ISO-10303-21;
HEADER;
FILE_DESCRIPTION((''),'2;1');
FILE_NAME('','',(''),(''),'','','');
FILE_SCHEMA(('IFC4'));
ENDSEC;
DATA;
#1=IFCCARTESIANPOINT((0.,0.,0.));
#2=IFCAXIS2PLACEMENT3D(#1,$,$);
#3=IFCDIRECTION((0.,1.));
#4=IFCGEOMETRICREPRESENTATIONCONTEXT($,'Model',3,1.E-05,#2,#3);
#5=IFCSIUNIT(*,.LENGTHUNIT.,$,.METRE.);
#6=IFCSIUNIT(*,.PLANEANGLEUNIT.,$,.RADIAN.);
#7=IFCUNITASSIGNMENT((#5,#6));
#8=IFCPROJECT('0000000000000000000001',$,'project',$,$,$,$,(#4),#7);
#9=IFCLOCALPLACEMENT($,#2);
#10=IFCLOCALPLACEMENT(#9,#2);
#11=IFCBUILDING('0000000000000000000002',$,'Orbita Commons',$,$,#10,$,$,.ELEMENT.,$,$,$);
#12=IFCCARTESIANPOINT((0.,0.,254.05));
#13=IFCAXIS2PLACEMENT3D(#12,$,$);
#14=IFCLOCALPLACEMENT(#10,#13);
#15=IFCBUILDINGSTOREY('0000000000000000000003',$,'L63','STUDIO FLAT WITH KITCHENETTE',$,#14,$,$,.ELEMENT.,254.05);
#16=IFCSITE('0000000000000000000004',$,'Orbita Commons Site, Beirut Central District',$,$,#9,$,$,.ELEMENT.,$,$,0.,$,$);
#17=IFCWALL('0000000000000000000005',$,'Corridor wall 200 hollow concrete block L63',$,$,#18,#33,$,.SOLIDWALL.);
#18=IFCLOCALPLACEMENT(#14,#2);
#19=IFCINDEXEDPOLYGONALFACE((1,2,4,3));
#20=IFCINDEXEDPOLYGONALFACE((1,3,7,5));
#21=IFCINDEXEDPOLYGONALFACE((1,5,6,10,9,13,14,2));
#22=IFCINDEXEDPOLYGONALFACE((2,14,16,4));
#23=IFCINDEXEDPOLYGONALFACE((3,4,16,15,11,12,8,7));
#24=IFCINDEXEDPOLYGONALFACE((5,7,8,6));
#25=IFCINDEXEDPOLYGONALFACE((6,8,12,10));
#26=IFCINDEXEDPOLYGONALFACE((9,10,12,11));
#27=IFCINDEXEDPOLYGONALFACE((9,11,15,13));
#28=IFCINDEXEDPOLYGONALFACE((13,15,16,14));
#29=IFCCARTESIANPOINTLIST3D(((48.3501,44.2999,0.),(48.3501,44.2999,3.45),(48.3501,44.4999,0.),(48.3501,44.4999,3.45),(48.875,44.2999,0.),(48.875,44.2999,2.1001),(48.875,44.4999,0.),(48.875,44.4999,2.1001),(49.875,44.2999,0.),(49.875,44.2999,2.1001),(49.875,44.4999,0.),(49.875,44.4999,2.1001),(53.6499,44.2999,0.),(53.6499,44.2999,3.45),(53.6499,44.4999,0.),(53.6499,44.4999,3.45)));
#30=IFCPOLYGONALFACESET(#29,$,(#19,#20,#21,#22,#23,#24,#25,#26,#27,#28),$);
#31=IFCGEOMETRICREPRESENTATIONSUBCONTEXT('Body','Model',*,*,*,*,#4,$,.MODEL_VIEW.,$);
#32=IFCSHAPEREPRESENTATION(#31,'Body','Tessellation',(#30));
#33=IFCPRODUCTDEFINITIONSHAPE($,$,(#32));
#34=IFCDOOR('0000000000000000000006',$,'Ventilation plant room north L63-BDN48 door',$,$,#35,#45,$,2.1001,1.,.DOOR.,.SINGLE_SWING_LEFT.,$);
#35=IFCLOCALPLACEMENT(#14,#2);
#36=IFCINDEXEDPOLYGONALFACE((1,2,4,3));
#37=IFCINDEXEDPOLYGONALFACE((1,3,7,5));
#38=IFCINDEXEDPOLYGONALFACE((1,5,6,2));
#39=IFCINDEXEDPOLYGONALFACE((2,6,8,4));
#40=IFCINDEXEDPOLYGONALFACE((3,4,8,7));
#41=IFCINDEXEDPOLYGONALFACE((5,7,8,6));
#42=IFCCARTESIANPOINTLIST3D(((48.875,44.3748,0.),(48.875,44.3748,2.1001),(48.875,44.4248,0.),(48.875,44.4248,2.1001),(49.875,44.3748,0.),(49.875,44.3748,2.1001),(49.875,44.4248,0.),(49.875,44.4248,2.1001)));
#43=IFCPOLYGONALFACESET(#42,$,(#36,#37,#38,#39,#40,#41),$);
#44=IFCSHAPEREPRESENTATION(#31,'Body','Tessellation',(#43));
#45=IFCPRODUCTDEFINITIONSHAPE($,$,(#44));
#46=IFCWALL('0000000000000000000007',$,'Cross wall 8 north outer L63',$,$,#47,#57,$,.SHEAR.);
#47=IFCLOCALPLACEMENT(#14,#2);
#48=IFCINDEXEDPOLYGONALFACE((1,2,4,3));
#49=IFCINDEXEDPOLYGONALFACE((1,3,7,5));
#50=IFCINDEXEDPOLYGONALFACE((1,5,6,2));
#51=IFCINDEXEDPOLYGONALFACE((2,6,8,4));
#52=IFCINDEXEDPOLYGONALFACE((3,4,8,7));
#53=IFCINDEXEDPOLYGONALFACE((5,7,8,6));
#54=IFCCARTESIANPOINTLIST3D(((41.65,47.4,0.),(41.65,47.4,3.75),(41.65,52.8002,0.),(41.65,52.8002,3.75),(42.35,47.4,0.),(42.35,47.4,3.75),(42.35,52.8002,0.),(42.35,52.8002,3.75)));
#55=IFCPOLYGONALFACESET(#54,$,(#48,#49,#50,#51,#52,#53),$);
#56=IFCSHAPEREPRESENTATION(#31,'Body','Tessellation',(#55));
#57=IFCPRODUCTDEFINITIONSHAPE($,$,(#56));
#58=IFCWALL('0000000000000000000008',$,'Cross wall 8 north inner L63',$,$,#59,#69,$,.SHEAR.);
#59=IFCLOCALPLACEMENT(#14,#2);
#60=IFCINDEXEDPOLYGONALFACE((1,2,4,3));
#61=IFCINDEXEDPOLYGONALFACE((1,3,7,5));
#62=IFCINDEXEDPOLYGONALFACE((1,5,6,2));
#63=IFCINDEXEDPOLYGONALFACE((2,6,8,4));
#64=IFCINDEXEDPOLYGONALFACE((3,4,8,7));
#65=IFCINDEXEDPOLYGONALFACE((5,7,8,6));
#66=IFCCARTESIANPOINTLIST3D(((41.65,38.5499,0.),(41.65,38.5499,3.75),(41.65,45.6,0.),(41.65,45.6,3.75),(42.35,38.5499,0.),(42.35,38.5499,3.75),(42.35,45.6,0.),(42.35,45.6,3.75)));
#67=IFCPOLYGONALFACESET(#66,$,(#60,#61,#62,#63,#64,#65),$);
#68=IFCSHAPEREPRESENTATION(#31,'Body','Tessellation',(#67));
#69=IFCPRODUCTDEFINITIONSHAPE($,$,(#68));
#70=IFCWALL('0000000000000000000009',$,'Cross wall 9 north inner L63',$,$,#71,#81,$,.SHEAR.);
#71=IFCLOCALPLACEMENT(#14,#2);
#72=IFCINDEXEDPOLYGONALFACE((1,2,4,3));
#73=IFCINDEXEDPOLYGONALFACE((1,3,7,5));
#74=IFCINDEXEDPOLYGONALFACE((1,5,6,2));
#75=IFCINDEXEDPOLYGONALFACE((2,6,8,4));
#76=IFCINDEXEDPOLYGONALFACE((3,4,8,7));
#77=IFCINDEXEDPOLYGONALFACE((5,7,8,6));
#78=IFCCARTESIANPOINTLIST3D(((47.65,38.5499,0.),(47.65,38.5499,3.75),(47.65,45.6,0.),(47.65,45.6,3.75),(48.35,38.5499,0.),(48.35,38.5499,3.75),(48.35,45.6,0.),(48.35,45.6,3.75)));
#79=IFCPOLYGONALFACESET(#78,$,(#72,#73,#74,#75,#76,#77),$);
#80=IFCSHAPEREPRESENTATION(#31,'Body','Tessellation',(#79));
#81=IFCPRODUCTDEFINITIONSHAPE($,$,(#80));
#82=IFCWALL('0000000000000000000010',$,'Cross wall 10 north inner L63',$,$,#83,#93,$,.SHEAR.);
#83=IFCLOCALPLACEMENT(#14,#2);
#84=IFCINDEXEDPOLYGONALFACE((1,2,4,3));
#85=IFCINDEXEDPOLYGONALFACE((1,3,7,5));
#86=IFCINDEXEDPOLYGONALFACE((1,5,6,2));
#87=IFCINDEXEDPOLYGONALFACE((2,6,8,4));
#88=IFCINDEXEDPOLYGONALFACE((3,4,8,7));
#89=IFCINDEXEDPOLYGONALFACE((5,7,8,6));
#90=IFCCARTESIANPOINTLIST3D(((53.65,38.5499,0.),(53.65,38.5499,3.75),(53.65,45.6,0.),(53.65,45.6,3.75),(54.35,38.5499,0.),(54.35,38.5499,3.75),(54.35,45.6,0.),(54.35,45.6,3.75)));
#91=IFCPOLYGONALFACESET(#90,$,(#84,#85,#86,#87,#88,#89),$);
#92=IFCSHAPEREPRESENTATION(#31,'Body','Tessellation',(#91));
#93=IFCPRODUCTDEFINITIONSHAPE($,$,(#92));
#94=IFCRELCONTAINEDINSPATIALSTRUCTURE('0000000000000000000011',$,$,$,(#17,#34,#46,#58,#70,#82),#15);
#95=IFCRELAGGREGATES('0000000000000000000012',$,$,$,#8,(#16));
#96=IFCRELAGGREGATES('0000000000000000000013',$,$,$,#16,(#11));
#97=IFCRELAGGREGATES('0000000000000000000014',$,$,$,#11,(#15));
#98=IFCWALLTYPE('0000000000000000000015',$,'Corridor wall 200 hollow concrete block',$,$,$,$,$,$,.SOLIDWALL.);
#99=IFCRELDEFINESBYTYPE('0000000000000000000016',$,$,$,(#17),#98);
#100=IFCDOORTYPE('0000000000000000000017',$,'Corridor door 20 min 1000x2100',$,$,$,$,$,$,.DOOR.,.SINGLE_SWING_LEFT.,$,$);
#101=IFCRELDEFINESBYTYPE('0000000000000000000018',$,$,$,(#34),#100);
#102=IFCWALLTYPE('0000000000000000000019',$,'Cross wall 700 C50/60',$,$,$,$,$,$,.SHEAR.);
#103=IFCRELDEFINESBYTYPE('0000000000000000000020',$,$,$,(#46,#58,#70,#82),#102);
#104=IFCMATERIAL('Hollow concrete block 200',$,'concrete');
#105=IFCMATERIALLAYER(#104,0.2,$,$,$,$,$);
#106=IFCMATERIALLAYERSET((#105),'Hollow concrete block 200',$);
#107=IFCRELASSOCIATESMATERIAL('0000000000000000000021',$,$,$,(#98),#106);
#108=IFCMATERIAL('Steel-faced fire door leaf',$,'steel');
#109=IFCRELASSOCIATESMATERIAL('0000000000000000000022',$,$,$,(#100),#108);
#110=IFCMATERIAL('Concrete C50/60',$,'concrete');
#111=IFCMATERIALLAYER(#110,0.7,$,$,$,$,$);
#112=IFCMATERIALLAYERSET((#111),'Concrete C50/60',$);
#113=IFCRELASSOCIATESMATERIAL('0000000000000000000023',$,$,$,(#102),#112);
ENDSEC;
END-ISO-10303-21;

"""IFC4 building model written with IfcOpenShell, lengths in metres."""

from ifc_helpers import new_model, si_unit, direction, frame, frame_2d, origin, place, context, subcontext, project, spatial, rectangle, extrude, material, layer, layer_set, type_object, element, fill, save


model = new_model("IFC4")

# Units and contexts
model_context = context("Model", 3, precision=1e-05, world=origin(), true_north=direction((0.0, 1.0)))
body_context = subcontext(model_context, "Body", "Model", "MODEL_VIEW")
ifc_project = project(units=[si_unit("LENGTHUNIT", "METRE"), si_unit("PLANEANGLEUNIT", "RADIAN")], contexts=[model_context])

# Site, building, storey
site_placement = place(None, origin())
site = spatial("IfcSite", under=ifc_project, at=site_placement, Name="Orbita Commons Site, Beirut Central District", CompositionType="ELEMENT", RefElevation=0.0)
building_placement = place(site_placement, origin())
building = spatial("IfcBuilding", under=site, at=building_placement, Name="Orbita Commons", CompositionType="ELEMENT")
storey_placement = place(building_placement, frame((0.0, 0.0, 254.05)))
storey = spatial("IfcBuildingStorey", under=building, at=storey_placement, Name="L63", Description="STUDIO FLAT WITH KITCHENETTE", CompositionType="ELEMENT", Elevation=254.05)

# Shared definitions
ifc_material_1 = material(Name="Hollow concrete block 200", Category="concrete")
ifc_layer_1 = layer(ifc_material_1, 0.2)
ifc_layer_set_1 = layer_set([ifc_layer_1], Name="Hollow concrete block 200")
wall_type_1 = type_object("IfcWallType", Name="Corridor wall 200 hollow concrete block", PredefinedType="SOLIDWALL", material=ifc_layer_set_1)
ifc_material_2 = material(Name="Steel-faced fire door leaf", Category="steel")
door_type_1 = type_object("IfcDoorType", Name="Corridor door 20 min 1000x2100", OperationType="SINGLE_SWING_LEFT", PredefinedType="DOOR", material=ifc_material_2)

# Wall, opening, door
wall_1_placement = place(storey_placement, frame((48.3501, 44.3999, 0.0), z_axis=(0.0, 0.0, 1.0), x_axis=(1.0, 0.0, 0.0)))
wall_1 = element("IfcWall", 1, at=wall_1_placement, inside=storey, type_object=wall_type_1, Name="Corridor wall 200 hollow concrete block L63", PredefinedType="SOLIDWALL", context=body_context, shape_type="SweptSolid", body=[
    extrude(rectangle(XDim=5.2998, YDim=0.2, at=frame_2d((2.6499, 0.0))), origin(), (0.0, 0.0, 1.0), 3.45),
])
opening_1_placement = place(wall_1_placement, frame((0.5249, 0.0, 0.0)))
opening_1 = element("IfcOpeningElement", 2, at=opening_1_placement, cuts=wall_1, PredefinedType="OPENING", context=body_context, shape_type="SweptSolid", body=[
    extrude(rectangle(XDim=1.0, YDim=2.1001, at=frame_2d((0.5, 1.05))), frame((0.0, 0.1099, 0.0), z_axis=(0.0, -1.0, 0.0), x_axis=(1.0, 0.0, 0.0)), (0.0, 0.0, 1.0), 0.22),
])
door_1_placement = place(opening_1_placement, origin())
door_1 = element("IfcDoor", 3, at=door_1_placement, inside=storey, type_object=door_type_1, Name="Ventilation plant room north L63-BDN48 door", OperationType="SINGLE_SWING_LEFT", OverallHeight=2.1001, OverallWidth=1.0, PredefinedType="DOOR", context=body_context, shape_type="SweptSolid", body=[
    extrude(rectangle(XDim=1.0, YDim=2.1001, at=frame_2d((0.5, 1.05))), frame((0.0, 0.0249, 0.0), z_axis=(0.0, -1.0, 0.0), x_axis=(1.0, 0.0, 0.0)), (0.0, 0.0, 1.0), 0.05),
])
fill(opening_1, door_1)

# Walls
ifc_material_3 = material(Name="Concrete C50/60", Category="concrete")
ifc_layer_2 = layer(ifc_material_3, 0.7)
ifc_layer_set_2 = layer_set([ifc_layer_2], Name="Concrete C50/60")
wall_type_2 = type_object("IfcWallType", Name="Cross wall 700 C50/60", PredefinedType="SHEAR", material=ifc_layer_set_2)
wall_2_placement = place(storey_placement, frame((42.0, 47.3999, 0.0), z_axis=(0.0, 0.0, 1.0), x_axis=(0.0, 1.0, 0.0)))
element("IfcWall", 4, at=wall_2_placement, inside=storey, type_object=wall_type_2, Name="Cross wall 8 north outer L63", PredefinedType="SHEAR", context=body_context, shape_type="SweptSolid", body=[
    extrude(rectangle(XDim=5.4001, YDim=0.7, at=frame_2d((2.7002, 0.0))), origin(), (0.0, 0.0, 1.0), 3.75),
])
for number, where, z_axis, x_axis, name in (
    (5, (42.0, 38.55, 0.0), (0.0, 0.0, 1.0), (0.0, 1.0, 0.0), "Cross wall 8 north inner L63"),
    (6, (48.0, 38.55, 0.0), (0.0, 0.0, 1.0), (0.0, 1.0, 0.0), "Cross wall 9 north inner L63"),
    (7, (54.0, 38.55, 0.0), (0.0, 0.0, 1.0), (0.0, 1.0, 0.0), "Cross wall 10 north inner L63"),
):
    element("IfcWall", number, at=place(storey_placement, frame(where, z_axis=z_axis, x_axis=x_axis)), inside=storey, type_object=wall_type_2, Name=name, PredefinedType="SHEAR", context=body_context, shape_type="SweptSolid", body=[
        extrude(rectangle(XDim=7.05, YDim=0.7, at=frame_2d((3.5249, 0.0))), origin(), (0.0, 0.0, 1.0), 3.75),
    ])

save(model, "model.ifc")
